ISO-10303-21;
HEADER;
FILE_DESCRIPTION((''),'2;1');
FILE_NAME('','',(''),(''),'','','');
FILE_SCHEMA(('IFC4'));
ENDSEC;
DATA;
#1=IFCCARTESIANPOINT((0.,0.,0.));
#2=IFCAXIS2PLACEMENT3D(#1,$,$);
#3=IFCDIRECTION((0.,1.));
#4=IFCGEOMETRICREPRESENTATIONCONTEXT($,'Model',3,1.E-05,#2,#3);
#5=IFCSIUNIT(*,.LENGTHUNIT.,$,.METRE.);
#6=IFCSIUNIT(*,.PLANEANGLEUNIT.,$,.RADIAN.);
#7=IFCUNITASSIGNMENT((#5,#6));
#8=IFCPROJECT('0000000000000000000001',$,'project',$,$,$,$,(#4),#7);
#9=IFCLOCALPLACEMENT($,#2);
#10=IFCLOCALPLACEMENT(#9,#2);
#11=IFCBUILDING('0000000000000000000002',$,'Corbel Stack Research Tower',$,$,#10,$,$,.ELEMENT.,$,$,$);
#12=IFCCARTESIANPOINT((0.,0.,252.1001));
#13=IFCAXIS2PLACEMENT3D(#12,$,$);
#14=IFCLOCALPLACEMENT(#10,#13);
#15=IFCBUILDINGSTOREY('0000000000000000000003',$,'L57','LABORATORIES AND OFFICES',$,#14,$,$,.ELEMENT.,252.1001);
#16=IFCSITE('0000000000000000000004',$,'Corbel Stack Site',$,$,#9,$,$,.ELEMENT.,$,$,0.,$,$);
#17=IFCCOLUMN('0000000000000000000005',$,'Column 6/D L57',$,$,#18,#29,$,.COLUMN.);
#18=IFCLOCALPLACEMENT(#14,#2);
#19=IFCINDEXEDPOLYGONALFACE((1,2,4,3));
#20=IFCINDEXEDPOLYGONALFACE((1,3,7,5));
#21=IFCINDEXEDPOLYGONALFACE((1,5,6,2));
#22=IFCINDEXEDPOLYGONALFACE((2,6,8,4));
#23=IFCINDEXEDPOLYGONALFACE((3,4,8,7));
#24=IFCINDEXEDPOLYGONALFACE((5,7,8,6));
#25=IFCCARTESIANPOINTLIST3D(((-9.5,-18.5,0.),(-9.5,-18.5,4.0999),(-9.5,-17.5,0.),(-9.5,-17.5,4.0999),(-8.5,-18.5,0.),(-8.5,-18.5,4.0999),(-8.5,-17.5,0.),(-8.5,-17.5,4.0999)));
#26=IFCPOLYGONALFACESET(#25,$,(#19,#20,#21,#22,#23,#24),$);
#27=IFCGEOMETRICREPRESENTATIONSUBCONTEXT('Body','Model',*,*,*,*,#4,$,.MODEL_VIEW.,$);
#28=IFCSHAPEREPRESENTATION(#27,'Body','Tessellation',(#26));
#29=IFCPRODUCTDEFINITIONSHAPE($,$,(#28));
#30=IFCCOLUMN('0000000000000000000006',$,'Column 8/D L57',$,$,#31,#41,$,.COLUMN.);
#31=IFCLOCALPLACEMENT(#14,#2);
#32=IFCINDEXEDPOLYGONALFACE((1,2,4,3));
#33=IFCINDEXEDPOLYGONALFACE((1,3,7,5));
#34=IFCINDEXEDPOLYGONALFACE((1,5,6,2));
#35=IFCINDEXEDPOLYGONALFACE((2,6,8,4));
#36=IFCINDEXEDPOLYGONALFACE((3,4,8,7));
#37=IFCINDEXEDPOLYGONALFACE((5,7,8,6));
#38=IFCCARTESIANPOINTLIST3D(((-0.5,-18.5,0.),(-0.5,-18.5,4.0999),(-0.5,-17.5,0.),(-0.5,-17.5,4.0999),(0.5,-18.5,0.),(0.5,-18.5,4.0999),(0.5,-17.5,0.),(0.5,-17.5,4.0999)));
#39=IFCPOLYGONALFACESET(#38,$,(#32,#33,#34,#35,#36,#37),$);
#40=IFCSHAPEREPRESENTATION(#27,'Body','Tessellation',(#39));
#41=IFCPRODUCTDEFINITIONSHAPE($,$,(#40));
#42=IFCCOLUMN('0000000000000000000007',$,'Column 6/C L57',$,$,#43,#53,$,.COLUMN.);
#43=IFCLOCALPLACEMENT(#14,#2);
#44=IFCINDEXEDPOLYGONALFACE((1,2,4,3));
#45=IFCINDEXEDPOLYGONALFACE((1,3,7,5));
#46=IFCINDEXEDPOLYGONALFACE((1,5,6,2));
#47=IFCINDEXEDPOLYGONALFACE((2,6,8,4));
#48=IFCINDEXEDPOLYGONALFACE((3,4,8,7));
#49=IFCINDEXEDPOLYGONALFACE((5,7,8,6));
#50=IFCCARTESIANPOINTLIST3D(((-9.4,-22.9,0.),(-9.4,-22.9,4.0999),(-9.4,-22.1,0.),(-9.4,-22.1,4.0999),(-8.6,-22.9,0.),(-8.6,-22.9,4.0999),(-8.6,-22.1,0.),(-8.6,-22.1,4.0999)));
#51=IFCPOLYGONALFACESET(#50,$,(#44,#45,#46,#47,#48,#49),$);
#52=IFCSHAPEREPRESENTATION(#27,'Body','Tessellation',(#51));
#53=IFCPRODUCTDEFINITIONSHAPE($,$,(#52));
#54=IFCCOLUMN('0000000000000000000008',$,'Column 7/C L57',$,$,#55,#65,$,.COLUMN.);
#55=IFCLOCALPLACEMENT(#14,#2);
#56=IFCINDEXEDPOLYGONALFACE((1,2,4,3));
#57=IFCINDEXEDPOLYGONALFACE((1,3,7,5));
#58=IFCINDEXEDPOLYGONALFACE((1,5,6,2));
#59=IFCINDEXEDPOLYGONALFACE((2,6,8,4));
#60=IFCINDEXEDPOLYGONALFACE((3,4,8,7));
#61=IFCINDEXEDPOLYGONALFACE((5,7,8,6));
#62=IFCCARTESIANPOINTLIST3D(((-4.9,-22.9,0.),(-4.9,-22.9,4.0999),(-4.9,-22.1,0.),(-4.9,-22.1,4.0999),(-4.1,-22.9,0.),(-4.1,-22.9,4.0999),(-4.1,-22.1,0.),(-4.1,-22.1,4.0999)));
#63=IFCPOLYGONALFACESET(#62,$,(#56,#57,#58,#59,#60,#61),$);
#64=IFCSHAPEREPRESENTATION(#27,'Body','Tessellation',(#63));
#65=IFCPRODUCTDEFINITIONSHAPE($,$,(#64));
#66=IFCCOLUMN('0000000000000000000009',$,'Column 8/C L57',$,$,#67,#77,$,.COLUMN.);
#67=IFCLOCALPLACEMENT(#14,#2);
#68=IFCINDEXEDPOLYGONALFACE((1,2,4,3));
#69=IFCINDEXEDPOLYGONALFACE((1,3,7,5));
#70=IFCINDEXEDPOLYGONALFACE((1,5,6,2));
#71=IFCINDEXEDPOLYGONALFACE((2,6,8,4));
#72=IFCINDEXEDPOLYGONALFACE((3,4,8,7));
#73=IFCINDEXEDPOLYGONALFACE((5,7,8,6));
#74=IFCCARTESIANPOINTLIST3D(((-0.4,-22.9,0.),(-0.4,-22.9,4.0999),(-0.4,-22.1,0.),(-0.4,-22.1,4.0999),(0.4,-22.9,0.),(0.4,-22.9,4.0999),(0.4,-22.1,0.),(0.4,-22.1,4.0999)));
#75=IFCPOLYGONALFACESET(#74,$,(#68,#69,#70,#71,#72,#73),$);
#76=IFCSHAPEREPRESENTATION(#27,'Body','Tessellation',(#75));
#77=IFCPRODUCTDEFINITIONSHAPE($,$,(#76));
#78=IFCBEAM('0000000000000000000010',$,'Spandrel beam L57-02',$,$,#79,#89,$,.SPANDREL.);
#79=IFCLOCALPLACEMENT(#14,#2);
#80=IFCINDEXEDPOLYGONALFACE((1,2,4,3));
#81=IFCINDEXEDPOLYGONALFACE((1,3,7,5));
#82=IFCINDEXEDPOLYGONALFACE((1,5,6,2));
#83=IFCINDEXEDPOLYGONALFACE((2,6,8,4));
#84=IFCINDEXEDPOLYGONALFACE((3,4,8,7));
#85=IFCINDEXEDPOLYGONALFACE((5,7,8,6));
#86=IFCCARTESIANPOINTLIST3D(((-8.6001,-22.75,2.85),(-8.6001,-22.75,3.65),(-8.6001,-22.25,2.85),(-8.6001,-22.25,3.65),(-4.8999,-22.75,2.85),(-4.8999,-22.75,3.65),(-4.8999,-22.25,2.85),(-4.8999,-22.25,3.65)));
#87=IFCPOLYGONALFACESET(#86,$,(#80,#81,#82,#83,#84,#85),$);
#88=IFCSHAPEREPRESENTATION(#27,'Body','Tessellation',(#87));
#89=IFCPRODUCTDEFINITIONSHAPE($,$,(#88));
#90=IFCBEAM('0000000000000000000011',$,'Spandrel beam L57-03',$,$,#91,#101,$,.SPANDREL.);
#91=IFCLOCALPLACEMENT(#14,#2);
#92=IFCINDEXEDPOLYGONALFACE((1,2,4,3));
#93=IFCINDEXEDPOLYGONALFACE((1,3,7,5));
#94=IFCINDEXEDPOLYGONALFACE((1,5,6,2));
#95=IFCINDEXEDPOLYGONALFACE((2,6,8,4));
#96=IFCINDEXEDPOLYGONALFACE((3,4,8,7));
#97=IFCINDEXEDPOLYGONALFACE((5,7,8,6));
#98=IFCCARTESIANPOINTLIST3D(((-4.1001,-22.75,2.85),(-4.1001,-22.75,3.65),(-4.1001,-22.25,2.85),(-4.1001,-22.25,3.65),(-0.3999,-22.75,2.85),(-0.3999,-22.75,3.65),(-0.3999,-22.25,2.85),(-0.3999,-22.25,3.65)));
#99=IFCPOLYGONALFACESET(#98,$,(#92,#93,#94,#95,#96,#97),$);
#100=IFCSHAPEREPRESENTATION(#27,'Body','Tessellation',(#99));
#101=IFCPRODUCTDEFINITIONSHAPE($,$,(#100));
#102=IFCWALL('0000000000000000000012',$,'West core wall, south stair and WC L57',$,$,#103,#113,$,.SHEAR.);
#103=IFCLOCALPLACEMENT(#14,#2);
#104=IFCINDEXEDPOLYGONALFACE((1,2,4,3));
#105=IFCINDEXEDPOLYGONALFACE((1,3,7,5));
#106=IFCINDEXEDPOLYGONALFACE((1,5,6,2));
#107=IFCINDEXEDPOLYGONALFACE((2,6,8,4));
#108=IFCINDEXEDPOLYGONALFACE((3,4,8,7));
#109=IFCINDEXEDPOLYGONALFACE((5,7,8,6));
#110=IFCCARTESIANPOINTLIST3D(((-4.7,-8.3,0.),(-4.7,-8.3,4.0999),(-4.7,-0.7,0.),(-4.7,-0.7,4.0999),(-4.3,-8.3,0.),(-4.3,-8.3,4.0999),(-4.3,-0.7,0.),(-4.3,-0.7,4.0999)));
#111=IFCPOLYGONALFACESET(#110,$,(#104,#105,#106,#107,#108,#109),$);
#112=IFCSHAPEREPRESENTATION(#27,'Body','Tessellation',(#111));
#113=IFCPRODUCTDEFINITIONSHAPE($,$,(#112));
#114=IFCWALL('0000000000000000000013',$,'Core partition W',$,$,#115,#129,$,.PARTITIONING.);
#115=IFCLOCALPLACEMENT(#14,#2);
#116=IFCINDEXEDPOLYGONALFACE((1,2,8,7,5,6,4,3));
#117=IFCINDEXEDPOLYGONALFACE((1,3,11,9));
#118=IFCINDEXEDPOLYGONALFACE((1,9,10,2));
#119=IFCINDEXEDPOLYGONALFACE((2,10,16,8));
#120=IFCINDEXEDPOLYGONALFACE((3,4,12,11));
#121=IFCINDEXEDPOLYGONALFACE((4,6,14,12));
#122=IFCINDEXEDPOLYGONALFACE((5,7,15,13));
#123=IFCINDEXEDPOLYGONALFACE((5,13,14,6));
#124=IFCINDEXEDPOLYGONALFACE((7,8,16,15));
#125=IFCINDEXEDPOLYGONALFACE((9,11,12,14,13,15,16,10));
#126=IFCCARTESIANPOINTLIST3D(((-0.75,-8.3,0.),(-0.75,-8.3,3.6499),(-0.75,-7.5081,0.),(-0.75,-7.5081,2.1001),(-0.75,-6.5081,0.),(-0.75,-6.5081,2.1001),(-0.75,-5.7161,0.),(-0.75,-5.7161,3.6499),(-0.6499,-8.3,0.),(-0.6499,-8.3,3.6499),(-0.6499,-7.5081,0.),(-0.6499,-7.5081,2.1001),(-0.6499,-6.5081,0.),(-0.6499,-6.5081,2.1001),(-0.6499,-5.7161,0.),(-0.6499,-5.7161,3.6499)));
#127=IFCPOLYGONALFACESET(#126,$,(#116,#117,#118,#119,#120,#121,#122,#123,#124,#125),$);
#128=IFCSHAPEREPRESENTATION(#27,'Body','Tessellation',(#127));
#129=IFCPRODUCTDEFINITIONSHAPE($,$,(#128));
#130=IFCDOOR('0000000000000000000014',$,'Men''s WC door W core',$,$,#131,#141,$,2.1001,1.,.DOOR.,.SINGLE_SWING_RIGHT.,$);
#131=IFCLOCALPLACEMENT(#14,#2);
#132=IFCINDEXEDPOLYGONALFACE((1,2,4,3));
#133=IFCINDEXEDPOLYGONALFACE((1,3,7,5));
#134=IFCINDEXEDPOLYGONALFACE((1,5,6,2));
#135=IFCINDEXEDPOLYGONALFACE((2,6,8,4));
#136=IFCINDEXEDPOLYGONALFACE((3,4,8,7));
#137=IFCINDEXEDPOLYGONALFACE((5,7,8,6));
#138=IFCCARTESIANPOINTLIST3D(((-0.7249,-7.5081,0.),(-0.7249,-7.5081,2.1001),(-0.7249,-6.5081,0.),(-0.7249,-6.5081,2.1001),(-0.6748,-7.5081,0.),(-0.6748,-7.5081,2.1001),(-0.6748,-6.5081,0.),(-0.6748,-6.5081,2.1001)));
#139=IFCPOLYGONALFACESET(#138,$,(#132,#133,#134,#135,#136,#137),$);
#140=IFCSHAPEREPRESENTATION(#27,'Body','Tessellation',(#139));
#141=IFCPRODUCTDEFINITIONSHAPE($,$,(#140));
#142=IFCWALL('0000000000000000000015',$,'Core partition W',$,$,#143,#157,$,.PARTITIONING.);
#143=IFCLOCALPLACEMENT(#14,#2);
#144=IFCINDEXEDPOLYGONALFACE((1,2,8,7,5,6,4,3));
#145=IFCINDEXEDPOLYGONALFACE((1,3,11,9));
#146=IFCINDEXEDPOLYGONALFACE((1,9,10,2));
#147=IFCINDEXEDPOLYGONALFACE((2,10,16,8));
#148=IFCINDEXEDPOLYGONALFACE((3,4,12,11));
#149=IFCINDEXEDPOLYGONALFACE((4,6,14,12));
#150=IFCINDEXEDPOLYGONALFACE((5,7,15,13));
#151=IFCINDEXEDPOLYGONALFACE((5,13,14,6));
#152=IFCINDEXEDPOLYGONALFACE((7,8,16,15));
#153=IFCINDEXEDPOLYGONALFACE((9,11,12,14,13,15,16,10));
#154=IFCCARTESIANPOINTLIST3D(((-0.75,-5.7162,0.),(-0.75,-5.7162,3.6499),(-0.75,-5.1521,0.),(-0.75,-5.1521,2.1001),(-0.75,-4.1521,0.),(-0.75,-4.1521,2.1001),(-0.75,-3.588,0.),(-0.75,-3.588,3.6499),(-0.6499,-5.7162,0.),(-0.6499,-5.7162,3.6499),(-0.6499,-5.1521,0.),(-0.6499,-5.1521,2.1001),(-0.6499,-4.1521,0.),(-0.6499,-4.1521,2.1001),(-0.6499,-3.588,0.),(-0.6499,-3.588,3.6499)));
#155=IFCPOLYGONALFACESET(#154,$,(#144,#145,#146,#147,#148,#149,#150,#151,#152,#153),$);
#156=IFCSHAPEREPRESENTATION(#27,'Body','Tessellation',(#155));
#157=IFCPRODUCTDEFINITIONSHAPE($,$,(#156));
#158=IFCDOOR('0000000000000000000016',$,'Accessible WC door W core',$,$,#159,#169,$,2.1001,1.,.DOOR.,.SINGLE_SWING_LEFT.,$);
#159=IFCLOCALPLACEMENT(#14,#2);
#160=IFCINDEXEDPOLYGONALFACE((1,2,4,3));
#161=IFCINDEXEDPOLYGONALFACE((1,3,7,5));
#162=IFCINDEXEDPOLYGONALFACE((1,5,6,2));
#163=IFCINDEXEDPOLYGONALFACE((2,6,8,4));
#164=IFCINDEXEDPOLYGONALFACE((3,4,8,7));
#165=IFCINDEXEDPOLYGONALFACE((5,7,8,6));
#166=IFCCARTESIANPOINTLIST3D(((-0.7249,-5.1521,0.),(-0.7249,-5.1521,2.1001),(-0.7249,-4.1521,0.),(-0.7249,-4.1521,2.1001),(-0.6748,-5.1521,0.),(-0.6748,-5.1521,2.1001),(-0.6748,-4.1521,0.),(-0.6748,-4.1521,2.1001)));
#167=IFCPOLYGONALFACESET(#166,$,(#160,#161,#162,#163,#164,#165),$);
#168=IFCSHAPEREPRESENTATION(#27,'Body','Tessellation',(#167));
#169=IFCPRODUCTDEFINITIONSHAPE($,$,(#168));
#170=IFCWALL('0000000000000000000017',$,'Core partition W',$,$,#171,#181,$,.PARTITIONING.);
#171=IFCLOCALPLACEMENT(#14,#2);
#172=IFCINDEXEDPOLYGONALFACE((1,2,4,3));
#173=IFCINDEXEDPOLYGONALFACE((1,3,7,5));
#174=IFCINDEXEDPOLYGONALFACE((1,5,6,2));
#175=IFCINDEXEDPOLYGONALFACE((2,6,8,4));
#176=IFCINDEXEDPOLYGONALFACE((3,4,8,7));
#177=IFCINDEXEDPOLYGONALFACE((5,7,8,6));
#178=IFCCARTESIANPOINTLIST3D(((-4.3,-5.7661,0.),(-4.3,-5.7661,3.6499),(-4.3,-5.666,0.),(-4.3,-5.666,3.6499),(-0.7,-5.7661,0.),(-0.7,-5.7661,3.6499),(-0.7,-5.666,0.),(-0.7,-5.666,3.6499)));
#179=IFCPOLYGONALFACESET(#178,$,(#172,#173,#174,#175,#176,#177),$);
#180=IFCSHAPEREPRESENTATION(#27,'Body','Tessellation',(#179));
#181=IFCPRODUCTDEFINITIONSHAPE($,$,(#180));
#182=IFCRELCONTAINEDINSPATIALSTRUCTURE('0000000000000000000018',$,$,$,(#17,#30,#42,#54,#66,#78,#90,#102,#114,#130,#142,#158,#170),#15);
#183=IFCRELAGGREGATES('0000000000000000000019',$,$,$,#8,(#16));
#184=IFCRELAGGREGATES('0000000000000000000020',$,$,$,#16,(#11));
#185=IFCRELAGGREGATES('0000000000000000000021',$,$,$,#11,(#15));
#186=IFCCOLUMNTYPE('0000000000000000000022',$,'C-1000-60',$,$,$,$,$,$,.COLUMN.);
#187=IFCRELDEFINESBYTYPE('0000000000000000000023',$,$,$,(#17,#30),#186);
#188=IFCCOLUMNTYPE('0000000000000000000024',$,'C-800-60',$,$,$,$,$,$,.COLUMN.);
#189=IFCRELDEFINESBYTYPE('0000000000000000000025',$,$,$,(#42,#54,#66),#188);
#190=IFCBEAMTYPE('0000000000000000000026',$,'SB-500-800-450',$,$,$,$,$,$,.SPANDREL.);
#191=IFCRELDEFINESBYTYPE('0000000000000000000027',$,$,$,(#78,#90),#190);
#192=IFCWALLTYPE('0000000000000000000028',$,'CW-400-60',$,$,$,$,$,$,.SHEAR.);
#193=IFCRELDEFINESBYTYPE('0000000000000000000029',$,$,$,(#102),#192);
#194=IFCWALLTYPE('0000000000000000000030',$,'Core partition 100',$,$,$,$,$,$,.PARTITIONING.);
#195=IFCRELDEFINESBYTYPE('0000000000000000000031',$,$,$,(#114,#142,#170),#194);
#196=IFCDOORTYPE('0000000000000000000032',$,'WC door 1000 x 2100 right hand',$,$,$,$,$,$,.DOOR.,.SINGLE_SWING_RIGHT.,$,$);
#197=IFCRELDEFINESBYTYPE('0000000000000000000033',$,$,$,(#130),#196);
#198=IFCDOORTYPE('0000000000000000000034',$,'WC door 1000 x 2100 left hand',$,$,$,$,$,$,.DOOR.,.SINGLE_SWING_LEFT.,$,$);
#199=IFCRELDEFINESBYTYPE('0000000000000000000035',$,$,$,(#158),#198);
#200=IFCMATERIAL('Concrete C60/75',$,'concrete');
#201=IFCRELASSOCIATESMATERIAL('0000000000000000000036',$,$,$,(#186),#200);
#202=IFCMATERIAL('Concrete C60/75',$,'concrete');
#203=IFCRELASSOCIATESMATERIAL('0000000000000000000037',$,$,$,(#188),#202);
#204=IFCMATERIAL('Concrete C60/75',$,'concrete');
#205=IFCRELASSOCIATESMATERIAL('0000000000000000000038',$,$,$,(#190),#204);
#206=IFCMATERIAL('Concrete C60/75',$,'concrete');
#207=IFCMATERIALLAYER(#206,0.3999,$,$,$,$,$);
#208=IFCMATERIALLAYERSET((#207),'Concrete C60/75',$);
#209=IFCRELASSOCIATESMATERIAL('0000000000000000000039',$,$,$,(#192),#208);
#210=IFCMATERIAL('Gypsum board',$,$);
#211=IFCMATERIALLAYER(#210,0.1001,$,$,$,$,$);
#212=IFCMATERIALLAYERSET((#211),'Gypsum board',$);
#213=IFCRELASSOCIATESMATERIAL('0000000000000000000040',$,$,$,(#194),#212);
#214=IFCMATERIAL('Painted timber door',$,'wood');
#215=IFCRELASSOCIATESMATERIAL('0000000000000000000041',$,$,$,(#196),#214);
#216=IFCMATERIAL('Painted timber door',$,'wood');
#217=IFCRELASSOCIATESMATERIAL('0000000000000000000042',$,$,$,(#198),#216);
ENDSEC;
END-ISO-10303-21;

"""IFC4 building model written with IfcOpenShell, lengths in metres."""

from ifc_helpers import new_model, si_unit, direction, frame, frame_2d, origin, origin_2d, place, context, subcontext, project, spatial, rectangle, extrude, material, layer, layer_set, material_profile, profile_set, type_object, element, fill, save


model = new_model("IFC4")

# Units and contexts
model_context = context("Model", 3, precision=1e-05, world=origin(), true_north=direction((0.0, 1.0)))
body_context = subcontext(model_context, "Body", "Model", "MODEL_VIEW")
ifc_project = project(units=[si_unit("LENGTHUNIT", "METRE"), si_unit("PLANEANGLEUNIT", "RADIAN")], contexts=[model_context])

# Site, building, storey
site_placement = place(None, origin())
site = spatial("IfcSite", under=ifc_project, at=site_placement, Name="Corbel Stack Site", CompositionType="ELEMENT", RefElevation=0.0)
building_placement = place(site_placement, origin())
building = spatial("IfcBuilding", under=site, at=building_placement, Name="Corbel Stack Research Tower", CompositionType="ELEMENT")
storey_placement = place(building_placement, frame((0.0, 0.0, 252.1001)))
storey = spatial("IfcBuildingStorey", under=building, at=storey_placement, Name="L57", Description="LABORATORIES AND OFFICES", CompositionType="ELEMENT", Elevation=252.1001)

# Columns
ifc_material_1 = material(Name="Concrete C60/75", Category="concrete")
ifc_material_profile_1 = material_profile(ifc_material_1, rectangle(XDim=1.0, YDim=1.0, at=origin_2d()), Name="RC 1000 x 1000")
ifc_profile_set_1 = profile_set([ifc_material_profile_1], Name="Concrete C60/75")
column_type_1 = type_object("IfcColumnType", Name="C-1000-60", PredefinedType="COLUMN", material=ifc_profile_set_1)
for number, where, z_axis, x_axis, name in (
    (1, (-9.0, -18.0, 0.0), (0.0, 0.0, 1.0), (1.0, 0.0, 0.0), "Column 6/D L57"),
    (2, (0.0, -18.0, 0.0), (0.0, 0.0, 1.0), (1.0, 0.0, 0.0), "Column 8/D L57"),
):
    element("IfcColumn", number, at=place(storey_placement, frame(where, z_axis=z_axis, x_axis=x_axis)), inside=storey, type_object=column_type_1, Name=name, PredefinedType="COLUMN", context=body_context, shape_type="SweptSolid", body=[
        extrude(rectangle(XDim=1.0, YDim=1.0, at=origin_2d()), origin(), (0.0, 0.0, 1.0), 4.0999),
    ])
ifc_material_2 = material(Name="Concrete C60/75", Category="concrete")
ifc_material_profile_2 = material_profile(ifc_material_2, rectangle(XDim=0.8, YDim=0.8, at=origin_2d()), Name="RC 800 x 800")
ifc_profile_set_2 = profile_set([ifc_material_profile_2], Name="Concrete C60/75")
column_type_2 = type_object("IfcColumnType", Name="C-800-60", PredefinedType="COLUMN", material=ifc_profile_set_2)
for number, where, z_axis, x_axis, name in (
    (3, (-9.0, -22.5, 0.0), (0.0, 0.0, 1.0), (1.0, 0.0, 0.0), "Column 6/C L57"),
    (4, (-4.5, -22.5, 0.0), (0.0, 0.0, 1.0), (1.0, 0.0, 0.0), "Column 7/C L57"),
    (5, (0.0, -22.5, 0.0), (0.0, 0.0, 1.0), (1.0, 0.0, 0.0), "Column 8/C L57"),
):
    element("IfcColumn", number, at=place(storey_placement, frame(where, z_axis=z_axis, x_axis=x_axis)), inside=storey, type_object=column_type_2, Name=name, PredefinedType="COLUMN", context=body_context, shape_type="SweptSolid", body=[
        extrude(rectangle(XDim=0.8, YDim=0.8, at=origin_2d()), origin(), (0.0, 0.0, 1.0), 4.0999),
    ])

# Beams
ifc_material_3 = material(Name="Concrete C60/75", Category="concrete")
ifc_material_profile_3 = material_profile(ifc_material_3, rectangle(XDim=0.5, YDim=0.8, at=origin_2d()), Name="RC 500 x 800")
ifc_profile_set_3 = profile_set([ifc_material_profile_3], Name="Concrete C60/75")
beam_type = type_object("IfcBeamType", Name="SB-500-800-450", PredefinedType="SPANDREL", material=ifc_profile_set_3)
for number, where, z_axis, x_axis, name in (
    (6, (-8.6001, -22.5, 3.25), (1.0, 0.0, 0.0), (0.0, 1.0, 0.0), "Spandrel beam L57-02"),
    (7, (-4.1001, -22.5, 3.25), (1.0, 0.0, 0.0), (0.0, 1.0, 0.0), "Spandrel beam L57-03"),
):
    element("IfcBeam", number, at=place(storey_placement, frame(where, z_axis=z_axis, x_axis=x_axis)), inside=storey, type_object=beam_type, Name=name, PredefinedType="SPANDREL", context=body_context, shape_type="SweptSolid", body=[
        extrude(rectangle(XDim=0.5, YDim=0.8, at=origin_2d()), origin(), (0.0, 0.0, 1.0), 3.7002),
    ])

# Wall
ifc_material_4 = material(Name="Concrete C60/75", Category="concrete")
ifc_layer_1 = layer(ifc_material_4, 0.3999)
ifc_layer_set_1 = layer_set([ifc_layer_1], Name="Concrete C60/75")
wall_type_1 = type_object("IfcWallType", Name="CW-400-60", PredefinedType="SHEAR", material=ifc_layer_set_1)
wall_1_placement = place(storey_placement, frame((-4.5, -8.3, 0.0), z_axis=(0.0, 0.0, 1.0), x_axis=(0.0, 1.0, 0.0)))
element("IfcWall", 8, at=wall_1_placement, inside=storey, type_object=wall_type_1, Name="West core wall, south stair and WC L57", PredefinedType="SHEAR", context=body_context, shape_type="SweptSolid", body=[
    extrude(rectangle(XDim=7.6001, YDim=0.3999, at=frame_2d((3.8, 0.0))), origin(), (0.0, 0.0, 1.0), 4.0999),
])

# Walls, openings, doors
ifc_material_5 = material(Name="Gypsum board")
ifc_layer_2 = layer(ifc_material_5, 0.1001)
ifc_layer_set_2 = layer_set([ifc_layer_2], Name="Gypsum board")
wall_type_2 = type_object("IfcWallType", Name="Core partition 100", PredefinedType="PARTITIONING", material=ifc_layer_set_2)
wall_2_placement = place(storey_placement, frame((-0.7, -8.3, 0.0), z_axis=(0.0, 0.0, 1.0), x_axis=(0.0, 1.0, 0.0)))
wall_2 = element("IfcWall", 9, at=wall_2_placement, inside=storey, type_object=wall_type_2, Name="Core partition W", PredefinedType="PARTITIONING", context=body_context, shape_type="SweptSolid", body=[
    extrude(rectangle(XDim=2.584, YDim=0.1001, at=frame_2d((1.292, 0.0))), origin(), (0.0, 0.0, 1.0), 3.6499),
])
opening_1_placement = place(wall_2_placement, frame((0.792, 0.0, 0.0)))
opening_1 = element("IfcOpeningElement", 10, at=opening_1_placement, cuts=wall_2, PredefinedType="OPENING", context=body_context, shape_type="SweptSolid", body=[
    extrude(rectangle(XDim=1.0, YDim=2.1001, at=frame_2d((0.5, 1.05))), frame((0.0, 0.0601, 0.0), z_axis=(0.0, -1.0, 0.0), x_axis=(1.0, 0.0, 0.0)), (0.0, 0.0, 1.0), 0.1201),
])
ifc_material_6 = material(Name="Painted timber door", Category="wood")
door_type_1 = type_object("IfcDoorType", Name="WC door 1000 x 2100 right hand", OperationType="SINGLE_SWING_RIGHT", PredefinedType="DOOR", material=ifc_material_6)
door_1_placement = place(opening_1_placement, origin())
door_1 = element("IfcDoor", 11, at=door_1_placement, inside=storey, type_object=door_type_1, Name="Men's WC door W core", OperationType="SINGLE_SWING_RIGHT", OverallHeight=2.1001, OverallWidth=1.0, PredefinedType="DOOR", context=body_context, shape_type="SweptSolid", body=[
    extrude(rectangle(XDim=1.0, YDim=2.1001, at=frame_2d((0.5, 1.05))), frame((0.0, 0.0249, 0.0), z_axis=(0.0, -1.0, 0.0), x_axis=(1.0, 0.0, 0.0)), (0.0, 0.0, 1.0), 0.05),
])
fill(opening_1, door_1)
wall_3_placement = place(storey_placement, frame((-0.7, -5.7161, 0.0), z_axis=(0.0, 0.0, 1.0), x_axis=(0.0, 1.0, 0.0)))
wall_3 = element("IfcWall", 12, at=wall_3_placement, inside=storey, type_object=wall_type_2, Name="Core partition W", PredefinedType="PARTITIONING", context=body_context, shape_type="SweptSolid", body=[
    extrude(rectangle(XDim=2.1282, YDim=0.1001, at=frame_2d((1.064, 0.0))), origin(), (0.0, 0.0, 1.0), 3.6499),
])
opening_2_placement = place(wall_3_placement, frame((0.564, 0.0, 0.0)))
opening_2 = element("IfcOpeningElement", 13, at=opening_2_placement, cuts=wall_3, PredefinedType="OPENING", context=body_context, shape_type="SweptSolid", body=[
    extrude(rectangle(XDim=1.0, YDim=2.1001, at=frame_2d((0.5, 1.05))), frame((0.0, 0.0601, 0.0), z_axis=(0.0, -1.0, 0.0), x_axis=(1.0, 0.0, 0.0)), (0.0, 0.0, 1.0), 0.1201),
])
ifc_material_7 = material(Name="Painted timber door", Category="wood")
door_type_2 = type_object("IfcDoorType", Name="WC door 1000 x 2100 left hand", OperationType="SINGLE_SWING_LEFT", PredefinedType="DOOR", material=ifc_material_7)
door_2_placement = place(opening_2_placement, origin())
door_2 = element("IfcDoor", 14, at=door_2_placement, inside=storey, type_object=door_type_2, Name="Accessible WC door W core", OperationType="SINGLE_SWING_LEFT", OverallHeight=2.1001, OverallWidth=1.0, PredefinedType="DOOR", context=body_context, shape_type="SweptSolid", body=[
    extrude(rectangle(XDim=1.0, YDim=2.1001, at=frame_2d((0.5, 1.05))), frame((0.0, 0.0249, 0.0), z_axis=(0.0, -1.0, 0.0), x_axis=(1.0, 0.0, 0.0)), (0.0, 0.0, 1.0), 0.05),
])
fill(opening_2, door_2)

# Wall
wall_4_placement = place(storey_placement, frame((-4.3, -5.7161, 0.0), z_axis=(0.0, 0.0, 1.0), x_axis=(1.0, 0.0, 0.0)))
element("IfcWall", 15, at=wall_4_placement, inside=storey, type_object=wall_type_2, Name="Core partition W", PredefinedType="PARTITIONING", context=body_context, shape_type="SweptSolid", body=[
    extrude(rectangle(XDim=3.6001, YDim=0.1001, at=frame_2d((1.8, 0.0))), origin(), (0.0, 0.0, 1.0), 3.6499),
])

save(model, "model.ifc")
